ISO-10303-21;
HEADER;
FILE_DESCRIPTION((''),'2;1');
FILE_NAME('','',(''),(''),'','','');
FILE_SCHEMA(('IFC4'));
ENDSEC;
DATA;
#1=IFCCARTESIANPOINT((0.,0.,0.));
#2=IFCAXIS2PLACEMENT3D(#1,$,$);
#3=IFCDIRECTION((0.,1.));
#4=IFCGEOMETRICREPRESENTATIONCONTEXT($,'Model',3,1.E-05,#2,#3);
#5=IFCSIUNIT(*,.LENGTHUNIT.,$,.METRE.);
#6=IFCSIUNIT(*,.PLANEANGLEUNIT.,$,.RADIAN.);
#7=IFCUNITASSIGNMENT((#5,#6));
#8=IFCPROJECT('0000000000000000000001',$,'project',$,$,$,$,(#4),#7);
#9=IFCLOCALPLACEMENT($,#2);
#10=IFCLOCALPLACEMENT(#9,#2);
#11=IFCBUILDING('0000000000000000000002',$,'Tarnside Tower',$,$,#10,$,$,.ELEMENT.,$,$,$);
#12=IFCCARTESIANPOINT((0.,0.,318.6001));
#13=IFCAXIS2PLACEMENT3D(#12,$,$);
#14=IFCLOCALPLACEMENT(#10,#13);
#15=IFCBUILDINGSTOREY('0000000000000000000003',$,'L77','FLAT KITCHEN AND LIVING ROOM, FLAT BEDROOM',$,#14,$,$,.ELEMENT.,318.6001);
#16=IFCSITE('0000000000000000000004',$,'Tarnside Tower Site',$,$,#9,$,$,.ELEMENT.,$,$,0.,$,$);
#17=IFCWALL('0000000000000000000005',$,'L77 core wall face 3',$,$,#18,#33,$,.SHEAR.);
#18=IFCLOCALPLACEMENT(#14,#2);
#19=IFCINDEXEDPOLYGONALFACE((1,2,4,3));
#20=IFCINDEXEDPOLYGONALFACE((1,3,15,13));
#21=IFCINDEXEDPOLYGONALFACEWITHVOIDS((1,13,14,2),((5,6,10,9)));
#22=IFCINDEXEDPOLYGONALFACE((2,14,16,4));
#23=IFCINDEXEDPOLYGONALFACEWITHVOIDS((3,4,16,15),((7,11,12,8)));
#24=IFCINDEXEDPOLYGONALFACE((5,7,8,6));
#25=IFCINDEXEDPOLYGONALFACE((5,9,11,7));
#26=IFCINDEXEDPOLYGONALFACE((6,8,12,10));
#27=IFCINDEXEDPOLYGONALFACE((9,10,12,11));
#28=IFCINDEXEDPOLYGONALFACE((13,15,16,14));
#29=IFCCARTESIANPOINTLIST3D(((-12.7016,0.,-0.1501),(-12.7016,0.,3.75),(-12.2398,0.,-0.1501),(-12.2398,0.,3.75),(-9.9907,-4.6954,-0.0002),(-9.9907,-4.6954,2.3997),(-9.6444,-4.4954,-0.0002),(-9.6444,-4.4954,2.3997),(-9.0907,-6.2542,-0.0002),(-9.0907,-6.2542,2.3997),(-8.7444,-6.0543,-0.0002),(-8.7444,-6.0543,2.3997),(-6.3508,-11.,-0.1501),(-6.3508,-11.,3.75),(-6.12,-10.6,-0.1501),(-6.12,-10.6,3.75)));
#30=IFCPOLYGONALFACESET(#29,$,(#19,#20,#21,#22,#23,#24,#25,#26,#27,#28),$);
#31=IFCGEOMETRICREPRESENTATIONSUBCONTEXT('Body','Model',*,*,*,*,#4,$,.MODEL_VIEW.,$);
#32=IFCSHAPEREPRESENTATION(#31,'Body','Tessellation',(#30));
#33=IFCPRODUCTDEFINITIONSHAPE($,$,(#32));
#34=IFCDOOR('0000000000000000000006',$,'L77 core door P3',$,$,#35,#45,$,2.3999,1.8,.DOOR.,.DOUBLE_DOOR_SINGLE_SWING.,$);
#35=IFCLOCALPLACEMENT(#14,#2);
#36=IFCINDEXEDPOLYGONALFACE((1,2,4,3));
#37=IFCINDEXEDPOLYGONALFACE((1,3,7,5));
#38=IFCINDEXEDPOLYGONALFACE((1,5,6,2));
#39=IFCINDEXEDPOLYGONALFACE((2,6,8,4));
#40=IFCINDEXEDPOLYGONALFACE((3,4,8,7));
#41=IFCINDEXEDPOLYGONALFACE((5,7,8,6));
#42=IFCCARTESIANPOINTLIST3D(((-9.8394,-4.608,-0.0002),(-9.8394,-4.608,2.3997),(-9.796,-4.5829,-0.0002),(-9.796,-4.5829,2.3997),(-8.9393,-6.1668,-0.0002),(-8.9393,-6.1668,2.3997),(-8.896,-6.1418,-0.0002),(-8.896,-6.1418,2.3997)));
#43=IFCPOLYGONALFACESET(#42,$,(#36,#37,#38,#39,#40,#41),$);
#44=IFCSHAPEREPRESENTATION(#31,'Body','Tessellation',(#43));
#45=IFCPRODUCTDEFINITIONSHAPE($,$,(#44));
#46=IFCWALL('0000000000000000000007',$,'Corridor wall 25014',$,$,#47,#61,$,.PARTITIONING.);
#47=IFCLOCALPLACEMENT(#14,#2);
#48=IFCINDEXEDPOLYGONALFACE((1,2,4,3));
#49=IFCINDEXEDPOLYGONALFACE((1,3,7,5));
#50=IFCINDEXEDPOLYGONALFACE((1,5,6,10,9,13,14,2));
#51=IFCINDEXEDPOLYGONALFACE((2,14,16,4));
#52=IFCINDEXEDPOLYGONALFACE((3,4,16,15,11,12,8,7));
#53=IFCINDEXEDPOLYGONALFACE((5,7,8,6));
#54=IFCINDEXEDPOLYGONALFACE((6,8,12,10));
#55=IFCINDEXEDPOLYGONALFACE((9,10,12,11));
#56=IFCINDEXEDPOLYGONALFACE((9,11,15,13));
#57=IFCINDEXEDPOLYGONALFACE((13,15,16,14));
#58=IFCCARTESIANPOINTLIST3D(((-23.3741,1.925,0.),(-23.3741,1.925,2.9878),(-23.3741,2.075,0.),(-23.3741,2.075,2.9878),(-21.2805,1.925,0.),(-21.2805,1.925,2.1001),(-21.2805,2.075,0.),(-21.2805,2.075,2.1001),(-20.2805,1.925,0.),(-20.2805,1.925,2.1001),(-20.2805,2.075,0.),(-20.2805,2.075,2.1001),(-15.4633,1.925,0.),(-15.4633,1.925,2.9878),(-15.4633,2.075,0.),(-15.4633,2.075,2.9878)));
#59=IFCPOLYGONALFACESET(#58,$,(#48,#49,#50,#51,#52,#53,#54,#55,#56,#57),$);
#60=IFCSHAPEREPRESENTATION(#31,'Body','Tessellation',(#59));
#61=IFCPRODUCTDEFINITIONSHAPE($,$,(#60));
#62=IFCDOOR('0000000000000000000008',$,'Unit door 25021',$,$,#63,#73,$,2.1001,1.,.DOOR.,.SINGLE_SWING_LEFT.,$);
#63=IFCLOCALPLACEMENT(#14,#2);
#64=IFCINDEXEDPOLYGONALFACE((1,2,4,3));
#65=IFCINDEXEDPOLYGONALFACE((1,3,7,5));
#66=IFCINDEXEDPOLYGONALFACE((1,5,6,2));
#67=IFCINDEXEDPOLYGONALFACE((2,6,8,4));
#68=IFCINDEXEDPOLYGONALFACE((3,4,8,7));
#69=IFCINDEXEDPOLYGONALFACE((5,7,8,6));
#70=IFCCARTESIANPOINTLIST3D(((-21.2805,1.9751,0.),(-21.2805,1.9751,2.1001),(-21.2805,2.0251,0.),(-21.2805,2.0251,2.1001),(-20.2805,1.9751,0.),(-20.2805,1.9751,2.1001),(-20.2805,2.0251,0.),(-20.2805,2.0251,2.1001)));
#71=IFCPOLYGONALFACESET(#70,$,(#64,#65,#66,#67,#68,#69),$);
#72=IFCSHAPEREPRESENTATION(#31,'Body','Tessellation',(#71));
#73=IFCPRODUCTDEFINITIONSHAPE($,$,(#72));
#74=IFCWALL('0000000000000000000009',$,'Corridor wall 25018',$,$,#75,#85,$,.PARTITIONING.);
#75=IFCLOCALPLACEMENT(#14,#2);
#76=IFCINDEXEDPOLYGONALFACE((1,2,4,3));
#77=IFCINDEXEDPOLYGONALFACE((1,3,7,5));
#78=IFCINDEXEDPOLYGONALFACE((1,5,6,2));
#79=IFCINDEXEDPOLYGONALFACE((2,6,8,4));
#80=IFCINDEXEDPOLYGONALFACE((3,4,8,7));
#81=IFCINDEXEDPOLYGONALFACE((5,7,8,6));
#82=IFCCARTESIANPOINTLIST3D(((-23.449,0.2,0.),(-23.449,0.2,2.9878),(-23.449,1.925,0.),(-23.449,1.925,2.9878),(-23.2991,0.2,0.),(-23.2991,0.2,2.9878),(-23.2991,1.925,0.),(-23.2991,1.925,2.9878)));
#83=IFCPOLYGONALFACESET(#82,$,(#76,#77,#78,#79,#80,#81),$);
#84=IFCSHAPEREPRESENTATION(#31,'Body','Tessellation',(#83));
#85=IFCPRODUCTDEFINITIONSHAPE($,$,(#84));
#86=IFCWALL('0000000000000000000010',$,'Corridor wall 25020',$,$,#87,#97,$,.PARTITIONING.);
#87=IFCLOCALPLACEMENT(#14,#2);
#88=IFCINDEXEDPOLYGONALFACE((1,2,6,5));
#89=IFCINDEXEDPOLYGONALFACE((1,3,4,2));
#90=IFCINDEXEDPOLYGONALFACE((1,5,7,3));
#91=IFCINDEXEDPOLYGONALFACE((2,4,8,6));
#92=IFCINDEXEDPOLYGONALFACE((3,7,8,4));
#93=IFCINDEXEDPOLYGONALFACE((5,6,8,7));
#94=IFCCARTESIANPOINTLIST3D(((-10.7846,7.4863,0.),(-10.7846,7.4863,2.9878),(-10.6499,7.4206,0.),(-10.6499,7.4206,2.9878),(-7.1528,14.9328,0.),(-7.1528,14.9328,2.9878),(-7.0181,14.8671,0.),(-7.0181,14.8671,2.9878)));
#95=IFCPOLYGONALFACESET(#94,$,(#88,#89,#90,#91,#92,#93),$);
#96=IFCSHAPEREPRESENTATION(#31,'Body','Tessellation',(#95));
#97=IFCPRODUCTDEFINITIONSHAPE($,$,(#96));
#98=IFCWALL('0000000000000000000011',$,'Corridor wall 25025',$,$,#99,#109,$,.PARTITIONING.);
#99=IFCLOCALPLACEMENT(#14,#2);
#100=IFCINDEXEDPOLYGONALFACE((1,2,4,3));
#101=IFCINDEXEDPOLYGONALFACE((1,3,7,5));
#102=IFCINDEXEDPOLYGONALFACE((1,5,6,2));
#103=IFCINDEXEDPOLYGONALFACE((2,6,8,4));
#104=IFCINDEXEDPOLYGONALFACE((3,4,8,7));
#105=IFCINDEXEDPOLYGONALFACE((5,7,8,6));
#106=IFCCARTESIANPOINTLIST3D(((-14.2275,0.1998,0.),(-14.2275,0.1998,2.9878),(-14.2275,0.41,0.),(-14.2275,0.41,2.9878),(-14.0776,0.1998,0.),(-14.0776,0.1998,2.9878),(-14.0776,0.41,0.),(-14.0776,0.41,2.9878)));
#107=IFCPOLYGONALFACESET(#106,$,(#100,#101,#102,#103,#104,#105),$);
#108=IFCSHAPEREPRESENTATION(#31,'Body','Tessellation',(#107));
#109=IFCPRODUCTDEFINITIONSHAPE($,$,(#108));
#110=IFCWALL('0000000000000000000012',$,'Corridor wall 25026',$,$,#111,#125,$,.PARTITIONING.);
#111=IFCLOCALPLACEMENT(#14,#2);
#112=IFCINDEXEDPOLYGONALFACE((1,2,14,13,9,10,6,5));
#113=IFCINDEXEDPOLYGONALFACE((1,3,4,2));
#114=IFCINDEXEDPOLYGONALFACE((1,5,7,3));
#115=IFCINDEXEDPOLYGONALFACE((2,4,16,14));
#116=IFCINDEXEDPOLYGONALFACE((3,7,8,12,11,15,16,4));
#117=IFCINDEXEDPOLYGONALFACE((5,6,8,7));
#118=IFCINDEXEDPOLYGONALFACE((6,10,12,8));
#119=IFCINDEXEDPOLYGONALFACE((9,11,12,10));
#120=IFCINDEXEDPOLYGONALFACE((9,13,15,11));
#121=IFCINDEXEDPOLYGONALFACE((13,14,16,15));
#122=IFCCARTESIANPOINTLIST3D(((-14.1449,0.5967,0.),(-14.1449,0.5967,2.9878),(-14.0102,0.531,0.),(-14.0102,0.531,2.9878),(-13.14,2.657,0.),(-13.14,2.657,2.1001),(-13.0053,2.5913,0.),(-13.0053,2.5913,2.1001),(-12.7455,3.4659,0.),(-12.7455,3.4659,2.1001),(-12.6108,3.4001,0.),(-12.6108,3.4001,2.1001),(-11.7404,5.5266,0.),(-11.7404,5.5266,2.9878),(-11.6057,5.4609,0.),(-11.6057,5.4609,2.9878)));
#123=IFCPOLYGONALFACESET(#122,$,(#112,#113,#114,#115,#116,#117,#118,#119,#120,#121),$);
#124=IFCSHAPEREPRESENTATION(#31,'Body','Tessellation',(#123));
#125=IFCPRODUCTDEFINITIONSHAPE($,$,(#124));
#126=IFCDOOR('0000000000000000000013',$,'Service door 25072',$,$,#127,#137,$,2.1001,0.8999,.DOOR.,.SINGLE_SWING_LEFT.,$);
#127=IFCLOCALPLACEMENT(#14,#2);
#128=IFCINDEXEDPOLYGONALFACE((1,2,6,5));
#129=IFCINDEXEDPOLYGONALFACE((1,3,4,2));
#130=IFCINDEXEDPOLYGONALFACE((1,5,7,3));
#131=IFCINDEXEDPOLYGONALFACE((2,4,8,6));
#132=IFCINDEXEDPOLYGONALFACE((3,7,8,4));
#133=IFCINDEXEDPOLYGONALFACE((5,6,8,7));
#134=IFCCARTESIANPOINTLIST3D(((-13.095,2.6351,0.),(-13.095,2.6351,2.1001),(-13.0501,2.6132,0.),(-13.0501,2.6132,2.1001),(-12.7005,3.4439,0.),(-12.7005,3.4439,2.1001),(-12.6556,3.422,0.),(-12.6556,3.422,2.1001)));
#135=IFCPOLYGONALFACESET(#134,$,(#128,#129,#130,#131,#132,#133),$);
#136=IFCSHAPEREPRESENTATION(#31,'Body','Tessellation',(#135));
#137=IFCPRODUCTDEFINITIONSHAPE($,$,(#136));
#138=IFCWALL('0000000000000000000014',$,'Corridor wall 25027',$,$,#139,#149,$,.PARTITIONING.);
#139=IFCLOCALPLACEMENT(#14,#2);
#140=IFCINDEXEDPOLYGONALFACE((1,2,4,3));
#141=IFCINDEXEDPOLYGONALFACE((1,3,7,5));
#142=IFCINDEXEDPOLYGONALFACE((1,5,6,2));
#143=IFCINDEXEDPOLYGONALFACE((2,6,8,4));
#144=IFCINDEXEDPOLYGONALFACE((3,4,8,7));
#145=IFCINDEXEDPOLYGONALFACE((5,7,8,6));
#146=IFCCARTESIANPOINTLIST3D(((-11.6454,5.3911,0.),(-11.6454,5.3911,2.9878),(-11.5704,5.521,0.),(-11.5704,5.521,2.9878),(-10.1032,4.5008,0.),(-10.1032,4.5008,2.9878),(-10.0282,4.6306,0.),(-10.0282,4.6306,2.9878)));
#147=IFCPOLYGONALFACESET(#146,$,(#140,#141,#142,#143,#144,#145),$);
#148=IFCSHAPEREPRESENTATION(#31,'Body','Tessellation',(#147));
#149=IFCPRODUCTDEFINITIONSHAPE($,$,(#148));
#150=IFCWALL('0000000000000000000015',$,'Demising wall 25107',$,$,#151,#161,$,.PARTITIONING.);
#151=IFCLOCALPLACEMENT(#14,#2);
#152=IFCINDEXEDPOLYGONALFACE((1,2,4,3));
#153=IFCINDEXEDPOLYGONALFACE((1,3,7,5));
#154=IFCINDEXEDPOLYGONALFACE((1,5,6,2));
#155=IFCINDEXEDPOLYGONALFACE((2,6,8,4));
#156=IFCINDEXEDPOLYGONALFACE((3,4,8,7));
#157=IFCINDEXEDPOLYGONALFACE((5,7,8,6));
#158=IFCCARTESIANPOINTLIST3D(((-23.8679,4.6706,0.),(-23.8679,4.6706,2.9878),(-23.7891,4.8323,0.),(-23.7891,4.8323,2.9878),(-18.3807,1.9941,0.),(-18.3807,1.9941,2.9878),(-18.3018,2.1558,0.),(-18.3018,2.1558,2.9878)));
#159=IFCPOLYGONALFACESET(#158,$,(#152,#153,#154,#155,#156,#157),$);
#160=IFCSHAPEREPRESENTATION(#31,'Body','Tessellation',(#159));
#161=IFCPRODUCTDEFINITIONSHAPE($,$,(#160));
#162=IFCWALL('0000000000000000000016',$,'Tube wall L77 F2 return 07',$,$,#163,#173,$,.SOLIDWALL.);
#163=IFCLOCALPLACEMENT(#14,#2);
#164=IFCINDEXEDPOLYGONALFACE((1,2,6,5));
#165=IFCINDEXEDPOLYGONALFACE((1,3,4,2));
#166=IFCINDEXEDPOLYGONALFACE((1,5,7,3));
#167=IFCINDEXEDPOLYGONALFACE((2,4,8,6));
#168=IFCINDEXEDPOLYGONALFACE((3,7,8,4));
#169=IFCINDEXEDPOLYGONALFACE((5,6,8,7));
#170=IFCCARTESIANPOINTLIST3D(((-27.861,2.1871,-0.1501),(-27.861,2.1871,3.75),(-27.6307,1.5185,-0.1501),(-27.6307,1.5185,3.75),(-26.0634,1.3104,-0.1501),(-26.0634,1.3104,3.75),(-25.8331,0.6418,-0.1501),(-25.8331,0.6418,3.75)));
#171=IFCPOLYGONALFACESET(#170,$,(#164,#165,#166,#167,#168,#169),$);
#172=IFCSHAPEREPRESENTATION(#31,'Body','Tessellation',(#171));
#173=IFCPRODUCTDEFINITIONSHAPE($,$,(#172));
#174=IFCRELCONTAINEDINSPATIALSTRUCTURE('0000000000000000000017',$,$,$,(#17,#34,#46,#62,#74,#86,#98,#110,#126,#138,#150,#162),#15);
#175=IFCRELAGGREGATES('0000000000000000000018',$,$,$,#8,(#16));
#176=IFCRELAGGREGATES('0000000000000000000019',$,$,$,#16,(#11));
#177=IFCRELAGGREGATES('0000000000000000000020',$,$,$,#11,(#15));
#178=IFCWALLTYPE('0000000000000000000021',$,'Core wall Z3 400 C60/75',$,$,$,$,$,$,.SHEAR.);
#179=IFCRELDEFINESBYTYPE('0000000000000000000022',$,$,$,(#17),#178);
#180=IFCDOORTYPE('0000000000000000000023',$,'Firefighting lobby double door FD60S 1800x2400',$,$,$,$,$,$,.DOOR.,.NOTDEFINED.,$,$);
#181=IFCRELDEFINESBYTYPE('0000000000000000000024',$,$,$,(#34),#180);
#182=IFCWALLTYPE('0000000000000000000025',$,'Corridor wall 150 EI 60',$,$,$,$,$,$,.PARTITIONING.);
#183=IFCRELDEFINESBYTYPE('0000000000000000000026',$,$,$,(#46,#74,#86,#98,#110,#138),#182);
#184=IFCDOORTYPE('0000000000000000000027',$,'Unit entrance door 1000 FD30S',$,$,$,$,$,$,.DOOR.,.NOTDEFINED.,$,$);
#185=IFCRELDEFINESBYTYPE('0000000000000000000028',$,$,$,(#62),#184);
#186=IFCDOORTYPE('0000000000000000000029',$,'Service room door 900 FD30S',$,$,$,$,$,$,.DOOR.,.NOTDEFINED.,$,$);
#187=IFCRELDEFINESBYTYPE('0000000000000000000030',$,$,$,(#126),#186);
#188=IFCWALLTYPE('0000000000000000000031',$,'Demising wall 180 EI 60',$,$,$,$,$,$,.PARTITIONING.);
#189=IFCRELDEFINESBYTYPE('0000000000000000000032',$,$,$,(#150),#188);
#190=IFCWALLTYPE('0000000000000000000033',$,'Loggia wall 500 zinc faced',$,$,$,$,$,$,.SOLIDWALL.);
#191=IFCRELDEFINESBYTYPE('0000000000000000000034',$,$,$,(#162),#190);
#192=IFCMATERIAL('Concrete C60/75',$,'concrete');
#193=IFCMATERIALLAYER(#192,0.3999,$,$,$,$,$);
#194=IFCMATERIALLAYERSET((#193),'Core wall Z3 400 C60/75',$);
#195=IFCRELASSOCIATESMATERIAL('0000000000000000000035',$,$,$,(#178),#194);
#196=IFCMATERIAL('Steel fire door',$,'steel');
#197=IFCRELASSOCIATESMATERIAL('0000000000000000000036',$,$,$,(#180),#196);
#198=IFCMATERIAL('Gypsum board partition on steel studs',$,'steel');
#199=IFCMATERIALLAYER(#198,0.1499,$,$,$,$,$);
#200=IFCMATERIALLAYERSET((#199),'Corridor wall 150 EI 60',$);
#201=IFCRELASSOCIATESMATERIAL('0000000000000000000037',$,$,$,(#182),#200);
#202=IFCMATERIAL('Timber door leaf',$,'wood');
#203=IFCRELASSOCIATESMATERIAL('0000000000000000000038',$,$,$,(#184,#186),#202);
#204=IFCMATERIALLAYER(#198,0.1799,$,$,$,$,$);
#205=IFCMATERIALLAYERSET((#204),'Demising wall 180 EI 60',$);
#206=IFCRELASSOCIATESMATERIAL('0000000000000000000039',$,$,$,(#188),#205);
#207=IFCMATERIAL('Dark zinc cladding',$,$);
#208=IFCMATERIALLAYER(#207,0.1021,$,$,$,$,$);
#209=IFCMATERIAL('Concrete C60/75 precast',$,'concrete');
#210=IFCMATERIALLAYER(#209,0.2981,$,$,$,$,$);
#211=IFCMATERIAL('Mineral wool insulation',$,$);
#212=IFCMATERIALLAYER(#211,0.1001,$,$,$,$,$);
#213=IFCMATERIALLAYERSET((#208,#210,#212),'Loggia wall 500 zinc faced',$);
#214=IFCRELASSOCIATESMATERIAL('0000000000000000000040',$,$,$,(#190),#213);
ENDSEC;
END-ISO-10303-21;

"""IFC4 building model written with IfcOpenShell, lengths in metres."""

from ifc_helpers import new_model, si_unit, direction, frame, frame_2d, origin, place, context, subcontext, project, spatial, polyline, rectangle, outline, extrude, material, layer, layer_set, type_object, element, fill, save


model = new_model("IFC4")

# Units and contexts
model_context = context("Model", 3, precision=1e-05, world=origin(), true_north=direction((0.0, 1.0)))
body_context = subcontext(model_context, "Body", "Model", "MODEL_VIEW")
ifc_project = project(units=[si_unit("LENGTHUNIT", "METRE"), si_unit("PLANEANGLEUNIT", "RADIAN")], contexts=[model_context])

# Site, building, storey
site_placement = place(None, origin())
site = spatial("IfcSite", under=ifc_project, at=site_placement, Name="Tarnside Tower Site", CompositionType="ELEMENT", RefElevation=0.0)
building_placement = place(site_placement, origin())
building = spatial("IfcBuilding", under=site, at=building_placement, Name="Tarnside Tower", CompositionType="ELEMENT")
storey_placement = place(building_placement, frame((0.0, 0.0, 318.6001)))
storey = spatial("IfcBuildingStorey", under=building, at=storey_placement, Name="L77", Description="FLAT KITCHEN AND LIVING ROOM, FLAT BEDROOM", CompositionType="ELEMENT", Elevation=318.6001)

# Walls, openings, doors
ifc_material_1 = material(Name="Concrete C60/75", Category="concrete")
ifc_layer_1 = layer(ifc_material_1, 0.3999)
ifc_layer_set_1 = layer_set([ifc_layer_1], Name="Core wall Z3 400 C60/75")
wall_type_1 = type_object("IfcWallType", Name="Core wall Z3 400 C60/75", PredefinedType="SHEAR", material=ifc_layer_set_1)
wall_1_placement = place(storey_placement, frame((-12.4707, 0.0, -0.1501), z_axis=(0.0, 0.0, 1.0), x_axis=(0.499996, -0.866027, 0.0)))
wall_1 = element("IfcWall", 1, at=wall_1_placement, inside=storey, type_object=wall_type_1, Name="L77 core wall face 3", PredefinedType="SHEAR", context=body_context, shape_type="SweptSolid", body=[
    extrude(outline(polyline([(-0.1155, -0.2), (12.5862, -0.2), (12.3552, 0.2), (0.1155, 0.2), (-0.1155, -0.2)])), origin(), (0.0, 0.0, 1.0), 3.9001),
])
opening_1_placement = place(wall_1_placement, frame((5.3064, 0.0, 0.1499)))
opening_1 = element("IfcOpeningElement", 2, at=opening_1_placement, cuts=wall_1, PredefinedType="OPENING", context=body_context, shape_type="SweptSolid", body=[
    extrude(rectangle(XDim=1.8, YDim=2.3999, at=frame_2d((0.8999, 1.2))), frame((0.0, 0.21, 0.0), z_axis=(0.0, -1.0, 0.0), x_axis=(1.0, 0.0, 0.0)), (0.0, 0.0, 1.0), 0.4199),
])
ifc_material_2 = material(Name="Steel fire door", Category="steel")
door_type_1 = type_object("IfcDoorType", Name="Firefighting lobby double door FD60S 1800x2400", OperationType="NOTDEFINED", PredefinedType="DOOR", material=ifc_material_2)
door_1_placement = place(opening_1_placement, origin())
door_1 = element("IfcDoor", 3, at=door_1_placement, inside=storey, type_object=door_type_1, Name="L77 core door P3", OperationType="DOUBLE_DOOR_SINGLE_SWING", OverallHeight=2.3999, OverallWidth=1.8, PredefinedType="DOOR", context=body_context, shape_type="SweptSolid", body=[
    extrude(rectangle(XDim=1.8, YDim=2.3999, at=frame_2d((0.8999, 1.2))), frame((0.0, 0.0249, 0.0), z_axis=(0.0, -1.0, 0.0), x_axis=(1.0, 0.0, 0.0)), (0.0, 0.0, 1.0), 0.05),
])
fill(opening_1, door_1)
ifc_material_3 = material(Name="Gypsum board partition on steel studs", Category="steel")
ifc_layer_2 = layer(ifc_material_3, 0.1499)
ifc_layer_set_2 = layer_set([ifc_layer_2], Name="Corridor wall 150 EI 60")
wall_type_2 = type_object("IfcWallType", Name="Corridor wall 150 EI 60", PredefinedType="PARTITIONING", material=ifc_layer_set_2)
wall_2_placement = place(storey_placement, frame((-15.4631, 2.0, 0.0), z_axis=(0.0, 0.0, 1.0), x_axis=(-1.0, 0.0, 0.0)))
wall_2 = element("IfcWall", 4, at=wall_2_placement, inside=storey, type_object=wall_type_2, Name="Corridor wall 25014", PredefinedType="PARTITIONING", context=body_context, shape_type="SweptSolid", body=[
    extrude(rectangle(XDim=7.9109, YDim=0.1499, at=frame_2d((3.9556, 0.0))), origin(), (0.0, 0.0, 1.0), 2.9878),
])
opening_2_placement = place(wall_2_placement, frame((4.8174, 0.0, 0.0)))
opening_2 = element("IfcOpeningElement", 5, at=opening_2_placement, cuts=wall_2, PredefinedType="OPENING", context=body_context, shape_type="SweptSolid", body=[
    extrude(rectangle(XDim=1.0, YDim=2.1001, at=frame_2d((0.5, 1.05))), frame((0.0, 0.085, 0.0), z_axis=(0.0, -1.0, 0.0), x_axis=(1.0, 0.0, 0.0)), (0.0, 0.0, 1.0), 0.1699),
])
ifc_material_4 = material(Name="Timber door leaf", Category="wood")
door_type_2 = type_object("IfcDoorType", Name="Unit entrance door 1000 FD30S", OperationType="NOTDEFINED", PredefinedType="DOOR", material=ifc_material_4)
door_2_placement = place(opening_2_placement, origin())
door_2 = element("IfcDoor", 6, at=door_2_placement, inside=storey, type_object=door_type_2, Name="Unit door 25021", OperationType="SINGLE_SWING_LEFT", OverallHeight=2.1001, OverallWidth=1.0, PredefinedType="DOOR", context=body_context, shape_type="SweptSolid", body=[
    extrude(rectangle(XDim=1.0, YDim=2.1001, at=frame_2d((0.5, 1.05))), frame((0.0, 0.0249, 0.0), z_axis=(0.0, -1.0, 0.0), x_axis=(1.0, 0.0, 0.0)), (0.0, 0.0, 1.0), 0.05),
])
fill(opening_2, door_2)

# Walls
wall_3_placement = place(storey_placement, frame((-23.374, 1.925, 0.0), z_axis=(0.0, 0.0, 1.0), x_axis=(0.0, -1.0, 0.0)))
element("IfcWall", 7, at=wall_3_placement, inside=storey, type_object=wall_type_2, Name="Corridor wall 25018", PredefinedType="PARTITIONING", context=body_context, shape_type="SweptSolid", body=[
    extrude(rectangle(XDim=1.7251, YDim=0.1499, at=frame_2d((0.8625, 0.0))), origin(), (0.0, 0.0, 1.0), 2.9878),
])
wall_4_placement = place(storey_placement, frame((-10.7173, 7.4534, 0.0), z_axis=(0.0, 0.0, 1.0), x_axis=(0.438363, 0.898798, 0.0)))
element("IfcWall", 8, at=wall_4_placement, inside=storey, type_object=wall_type_2, Name="Corridor wall 25020", PredefinedType="PARTITIONING", context=body_context, shape_type="SweptSolid", body=[
    extrude(rectangle(XDim=8.2849, YDim=0.1499, at=frame_2d((4.1426, 0.0))), origin(), (0.0, 0.0, 1.0), 2.9878),
])
wall_5_placement = place(storey_placement, frame((-14.1526, 0.2, 0.0), z_axis=(0.0, 0.0, 1.0), x_axis=(0.0, 1.0, 0.0)))
element("IfcWall", 9, at=wall_5_placement, inside=storey, type_object=wall_type_2, Name="Corridor wall 25025", PredefinedType="PARTITIONING", context=body_context, shape_type="SweptSolid", body=[
    extrude(rectangle(XDim=0.2102, YDim=0.1499, at=frame_2d((0.105, 0.0))), origin(), (0.0, 0.0, 1.0), 2.9878),
])

# Wall, opening, door
wall_6_placement = place(storey_placement, frame((-14.0776, 0.5637, 0.0), z_axis=(0.0, 0.0, 1.0), x_axis=(0.438379, 0.89879, 0.0)))
wall_6 = element("IfcWall", 10, at=wall_6_placement, inside=storey, type_object=wall_type_2, Name="Corridor wall 25026", PredefinedType="PARTITIONING", context=body_context, shape_type="SweptSolid", body=[
    extrude(rectangle(XDim=5.4851, YDim=0.1499, at=frame_2d((2.7427, 0.0))), origin(), (0.0, 0.0, 1.0), 2.9878),
])
opening_3_placement = place(wall_6_placement, frame((2.2925, 0.0, 0.0)))
opening_3 = element("IfcOpeningElement", 11, at=opening_3_placement, cuts=wall_6, PredefinedType="OPENING", context=body_context, shape_type="SweptSolid", body=[
    extrude(rectangle(XDim=0.8999, YDim=2.1001, at=frame_2d((0.45, 1.05))), frame((0.0, 0.085, 0.0), z_axis=(0.0, -1.0, 0.0), x_axis=(1.0, 0.0, 0.0)), (0.0, 0.0, 1.0), 0.1699),
])
door_type_3 = type_object("IfcDoorType", Name="Service room door 900 FD30S", OperationType="NOTDEFINED", PredefinedType="DOOR", material=ifc_material_4)
door_3_placement = place(opening_3_placement, origin())
door_3 = element("IfcDoor", 12, at=door_3_placement, inside=storey, type_object=door_type_3, Name="Service door 25072", OperationType="SINGLE_SWING_LEFT", OverallHeight=2.1001, OverallWidth=0.8999, PredefinedType="DOOR", context=body_context, shape_type="SweptSolid", body=[
    extrude(rectangle(XDim=0.8999, YDim=2.1001, at=frame_2d((0.45, 1.05))), frame((0.0, 0.0249, 0.0), z_axis=(0.0, -1.0, 0.0), x_axis=(1.0, 0.0, 0.0)), (0.0, 0.0, 1.0), 0.05),
])
fill(opening_3, door_3)

# Walls
wall_7_placement = place(storey_placement, frame((-11.6079, 5.4561, 0.0), z_axis=(0.0, 0.0, 1.0), x_axis=(0.866033, -0.499987, 0.0)))
element("IfcWall", 13, at=wall_7_placement, inside=storey, type_object=wall_type_2, Name="Corridor wall 25027", PredefinedType="PARTITIONING", context=body_context, shape_type="SweptSolid", body=[
    extrude(rectangle(XDim=1.7808, YDim=0.1499, at=frame_2d((0.8904, 0.0))), origin(), (0.0, 0.0, 1.0), 2.9878),
])
ifc_layer_3 = layer(ifc_material_3, 0.1799)
ifc_layer_set_3 = layer_set([ifc_layer_3], Name="Demising wall 180 EI 60")
wall_type_3 = type_object("IfcWallType", Name="Demising wall 180 EI 60", PredefinedType="PARTITIONING", material=ifc_layer_set_3)
wall_8_placement = place(storey_placement, frame((-23.8286, 4.7515, 0.0), z_axis=(0.0, 0.0, 1.0), x_axis=(0.898783, -0.438394, 0.0)))
element("IfcWall", 14, at=wall_8_placement, inside=storey, type_object=wall_type_3, Name="Demising wall 25107", PredefinedType="PARTITIONING", context=body_context, shape_type="SweptSolid", body=[
    extrude(rectangle(XDim=6.1052, YDim=0.1799, at=frame_2d((3.0527, 0.0))), origin(), (0.0, 0.0, 1.0), 2.9878),
])
ifc_material_5 = material(Name="Dark zinc cladding")
ifc_layer_4 = layer(ifc_material_5, 0.1021)
ifc_material_6 = material(Name="Concrete C60/75 precast", Category="concrete")
ifc_layer_5 = layer(ifc_material_6, 0.2981)
ifc_material_7 = material(Name="Mineral wool insulation")
ifc_layer_6 = layer(ifc_material_7, 0.1001)
ifc_layer_set_4 = layer_set([ifc_layer_4, ifc_layer_5, ifc_layer_6], Name="Loggia wall 500 zinc faced")
wall_type_4 = type_object("IfcWallType", Name="Loggia wall 500 zinc faced", PredefinedType="SOLIDWALL", material=ifc_layer_set_4)
wall_9_placement = place(storey_placement, frame((-25.9482, 0.9761, -0.1501), z_axis=(0.0, 0.0, 1.0), x_axis=(-0.898802, 0.438354, 0.0)))
element("IfcWall", 15, at=wall_9_placement, inside=storey, type_object=wall_type_4, Name="Tube wall L77 F2 return 07", PredefinedType="SOLIDWALL", context=body_context, shape_type="SweptSolid", body=[
    extrude(outline(polyline([(0.25, -0.25), (2.25, -0.25), (1.75, 0.25), (-0.25, 0.25), (0.25, -0.25)])), origin(), (0.0, 0.0, 1.0), 3.9001),
])

save(model, "model.ifc")
